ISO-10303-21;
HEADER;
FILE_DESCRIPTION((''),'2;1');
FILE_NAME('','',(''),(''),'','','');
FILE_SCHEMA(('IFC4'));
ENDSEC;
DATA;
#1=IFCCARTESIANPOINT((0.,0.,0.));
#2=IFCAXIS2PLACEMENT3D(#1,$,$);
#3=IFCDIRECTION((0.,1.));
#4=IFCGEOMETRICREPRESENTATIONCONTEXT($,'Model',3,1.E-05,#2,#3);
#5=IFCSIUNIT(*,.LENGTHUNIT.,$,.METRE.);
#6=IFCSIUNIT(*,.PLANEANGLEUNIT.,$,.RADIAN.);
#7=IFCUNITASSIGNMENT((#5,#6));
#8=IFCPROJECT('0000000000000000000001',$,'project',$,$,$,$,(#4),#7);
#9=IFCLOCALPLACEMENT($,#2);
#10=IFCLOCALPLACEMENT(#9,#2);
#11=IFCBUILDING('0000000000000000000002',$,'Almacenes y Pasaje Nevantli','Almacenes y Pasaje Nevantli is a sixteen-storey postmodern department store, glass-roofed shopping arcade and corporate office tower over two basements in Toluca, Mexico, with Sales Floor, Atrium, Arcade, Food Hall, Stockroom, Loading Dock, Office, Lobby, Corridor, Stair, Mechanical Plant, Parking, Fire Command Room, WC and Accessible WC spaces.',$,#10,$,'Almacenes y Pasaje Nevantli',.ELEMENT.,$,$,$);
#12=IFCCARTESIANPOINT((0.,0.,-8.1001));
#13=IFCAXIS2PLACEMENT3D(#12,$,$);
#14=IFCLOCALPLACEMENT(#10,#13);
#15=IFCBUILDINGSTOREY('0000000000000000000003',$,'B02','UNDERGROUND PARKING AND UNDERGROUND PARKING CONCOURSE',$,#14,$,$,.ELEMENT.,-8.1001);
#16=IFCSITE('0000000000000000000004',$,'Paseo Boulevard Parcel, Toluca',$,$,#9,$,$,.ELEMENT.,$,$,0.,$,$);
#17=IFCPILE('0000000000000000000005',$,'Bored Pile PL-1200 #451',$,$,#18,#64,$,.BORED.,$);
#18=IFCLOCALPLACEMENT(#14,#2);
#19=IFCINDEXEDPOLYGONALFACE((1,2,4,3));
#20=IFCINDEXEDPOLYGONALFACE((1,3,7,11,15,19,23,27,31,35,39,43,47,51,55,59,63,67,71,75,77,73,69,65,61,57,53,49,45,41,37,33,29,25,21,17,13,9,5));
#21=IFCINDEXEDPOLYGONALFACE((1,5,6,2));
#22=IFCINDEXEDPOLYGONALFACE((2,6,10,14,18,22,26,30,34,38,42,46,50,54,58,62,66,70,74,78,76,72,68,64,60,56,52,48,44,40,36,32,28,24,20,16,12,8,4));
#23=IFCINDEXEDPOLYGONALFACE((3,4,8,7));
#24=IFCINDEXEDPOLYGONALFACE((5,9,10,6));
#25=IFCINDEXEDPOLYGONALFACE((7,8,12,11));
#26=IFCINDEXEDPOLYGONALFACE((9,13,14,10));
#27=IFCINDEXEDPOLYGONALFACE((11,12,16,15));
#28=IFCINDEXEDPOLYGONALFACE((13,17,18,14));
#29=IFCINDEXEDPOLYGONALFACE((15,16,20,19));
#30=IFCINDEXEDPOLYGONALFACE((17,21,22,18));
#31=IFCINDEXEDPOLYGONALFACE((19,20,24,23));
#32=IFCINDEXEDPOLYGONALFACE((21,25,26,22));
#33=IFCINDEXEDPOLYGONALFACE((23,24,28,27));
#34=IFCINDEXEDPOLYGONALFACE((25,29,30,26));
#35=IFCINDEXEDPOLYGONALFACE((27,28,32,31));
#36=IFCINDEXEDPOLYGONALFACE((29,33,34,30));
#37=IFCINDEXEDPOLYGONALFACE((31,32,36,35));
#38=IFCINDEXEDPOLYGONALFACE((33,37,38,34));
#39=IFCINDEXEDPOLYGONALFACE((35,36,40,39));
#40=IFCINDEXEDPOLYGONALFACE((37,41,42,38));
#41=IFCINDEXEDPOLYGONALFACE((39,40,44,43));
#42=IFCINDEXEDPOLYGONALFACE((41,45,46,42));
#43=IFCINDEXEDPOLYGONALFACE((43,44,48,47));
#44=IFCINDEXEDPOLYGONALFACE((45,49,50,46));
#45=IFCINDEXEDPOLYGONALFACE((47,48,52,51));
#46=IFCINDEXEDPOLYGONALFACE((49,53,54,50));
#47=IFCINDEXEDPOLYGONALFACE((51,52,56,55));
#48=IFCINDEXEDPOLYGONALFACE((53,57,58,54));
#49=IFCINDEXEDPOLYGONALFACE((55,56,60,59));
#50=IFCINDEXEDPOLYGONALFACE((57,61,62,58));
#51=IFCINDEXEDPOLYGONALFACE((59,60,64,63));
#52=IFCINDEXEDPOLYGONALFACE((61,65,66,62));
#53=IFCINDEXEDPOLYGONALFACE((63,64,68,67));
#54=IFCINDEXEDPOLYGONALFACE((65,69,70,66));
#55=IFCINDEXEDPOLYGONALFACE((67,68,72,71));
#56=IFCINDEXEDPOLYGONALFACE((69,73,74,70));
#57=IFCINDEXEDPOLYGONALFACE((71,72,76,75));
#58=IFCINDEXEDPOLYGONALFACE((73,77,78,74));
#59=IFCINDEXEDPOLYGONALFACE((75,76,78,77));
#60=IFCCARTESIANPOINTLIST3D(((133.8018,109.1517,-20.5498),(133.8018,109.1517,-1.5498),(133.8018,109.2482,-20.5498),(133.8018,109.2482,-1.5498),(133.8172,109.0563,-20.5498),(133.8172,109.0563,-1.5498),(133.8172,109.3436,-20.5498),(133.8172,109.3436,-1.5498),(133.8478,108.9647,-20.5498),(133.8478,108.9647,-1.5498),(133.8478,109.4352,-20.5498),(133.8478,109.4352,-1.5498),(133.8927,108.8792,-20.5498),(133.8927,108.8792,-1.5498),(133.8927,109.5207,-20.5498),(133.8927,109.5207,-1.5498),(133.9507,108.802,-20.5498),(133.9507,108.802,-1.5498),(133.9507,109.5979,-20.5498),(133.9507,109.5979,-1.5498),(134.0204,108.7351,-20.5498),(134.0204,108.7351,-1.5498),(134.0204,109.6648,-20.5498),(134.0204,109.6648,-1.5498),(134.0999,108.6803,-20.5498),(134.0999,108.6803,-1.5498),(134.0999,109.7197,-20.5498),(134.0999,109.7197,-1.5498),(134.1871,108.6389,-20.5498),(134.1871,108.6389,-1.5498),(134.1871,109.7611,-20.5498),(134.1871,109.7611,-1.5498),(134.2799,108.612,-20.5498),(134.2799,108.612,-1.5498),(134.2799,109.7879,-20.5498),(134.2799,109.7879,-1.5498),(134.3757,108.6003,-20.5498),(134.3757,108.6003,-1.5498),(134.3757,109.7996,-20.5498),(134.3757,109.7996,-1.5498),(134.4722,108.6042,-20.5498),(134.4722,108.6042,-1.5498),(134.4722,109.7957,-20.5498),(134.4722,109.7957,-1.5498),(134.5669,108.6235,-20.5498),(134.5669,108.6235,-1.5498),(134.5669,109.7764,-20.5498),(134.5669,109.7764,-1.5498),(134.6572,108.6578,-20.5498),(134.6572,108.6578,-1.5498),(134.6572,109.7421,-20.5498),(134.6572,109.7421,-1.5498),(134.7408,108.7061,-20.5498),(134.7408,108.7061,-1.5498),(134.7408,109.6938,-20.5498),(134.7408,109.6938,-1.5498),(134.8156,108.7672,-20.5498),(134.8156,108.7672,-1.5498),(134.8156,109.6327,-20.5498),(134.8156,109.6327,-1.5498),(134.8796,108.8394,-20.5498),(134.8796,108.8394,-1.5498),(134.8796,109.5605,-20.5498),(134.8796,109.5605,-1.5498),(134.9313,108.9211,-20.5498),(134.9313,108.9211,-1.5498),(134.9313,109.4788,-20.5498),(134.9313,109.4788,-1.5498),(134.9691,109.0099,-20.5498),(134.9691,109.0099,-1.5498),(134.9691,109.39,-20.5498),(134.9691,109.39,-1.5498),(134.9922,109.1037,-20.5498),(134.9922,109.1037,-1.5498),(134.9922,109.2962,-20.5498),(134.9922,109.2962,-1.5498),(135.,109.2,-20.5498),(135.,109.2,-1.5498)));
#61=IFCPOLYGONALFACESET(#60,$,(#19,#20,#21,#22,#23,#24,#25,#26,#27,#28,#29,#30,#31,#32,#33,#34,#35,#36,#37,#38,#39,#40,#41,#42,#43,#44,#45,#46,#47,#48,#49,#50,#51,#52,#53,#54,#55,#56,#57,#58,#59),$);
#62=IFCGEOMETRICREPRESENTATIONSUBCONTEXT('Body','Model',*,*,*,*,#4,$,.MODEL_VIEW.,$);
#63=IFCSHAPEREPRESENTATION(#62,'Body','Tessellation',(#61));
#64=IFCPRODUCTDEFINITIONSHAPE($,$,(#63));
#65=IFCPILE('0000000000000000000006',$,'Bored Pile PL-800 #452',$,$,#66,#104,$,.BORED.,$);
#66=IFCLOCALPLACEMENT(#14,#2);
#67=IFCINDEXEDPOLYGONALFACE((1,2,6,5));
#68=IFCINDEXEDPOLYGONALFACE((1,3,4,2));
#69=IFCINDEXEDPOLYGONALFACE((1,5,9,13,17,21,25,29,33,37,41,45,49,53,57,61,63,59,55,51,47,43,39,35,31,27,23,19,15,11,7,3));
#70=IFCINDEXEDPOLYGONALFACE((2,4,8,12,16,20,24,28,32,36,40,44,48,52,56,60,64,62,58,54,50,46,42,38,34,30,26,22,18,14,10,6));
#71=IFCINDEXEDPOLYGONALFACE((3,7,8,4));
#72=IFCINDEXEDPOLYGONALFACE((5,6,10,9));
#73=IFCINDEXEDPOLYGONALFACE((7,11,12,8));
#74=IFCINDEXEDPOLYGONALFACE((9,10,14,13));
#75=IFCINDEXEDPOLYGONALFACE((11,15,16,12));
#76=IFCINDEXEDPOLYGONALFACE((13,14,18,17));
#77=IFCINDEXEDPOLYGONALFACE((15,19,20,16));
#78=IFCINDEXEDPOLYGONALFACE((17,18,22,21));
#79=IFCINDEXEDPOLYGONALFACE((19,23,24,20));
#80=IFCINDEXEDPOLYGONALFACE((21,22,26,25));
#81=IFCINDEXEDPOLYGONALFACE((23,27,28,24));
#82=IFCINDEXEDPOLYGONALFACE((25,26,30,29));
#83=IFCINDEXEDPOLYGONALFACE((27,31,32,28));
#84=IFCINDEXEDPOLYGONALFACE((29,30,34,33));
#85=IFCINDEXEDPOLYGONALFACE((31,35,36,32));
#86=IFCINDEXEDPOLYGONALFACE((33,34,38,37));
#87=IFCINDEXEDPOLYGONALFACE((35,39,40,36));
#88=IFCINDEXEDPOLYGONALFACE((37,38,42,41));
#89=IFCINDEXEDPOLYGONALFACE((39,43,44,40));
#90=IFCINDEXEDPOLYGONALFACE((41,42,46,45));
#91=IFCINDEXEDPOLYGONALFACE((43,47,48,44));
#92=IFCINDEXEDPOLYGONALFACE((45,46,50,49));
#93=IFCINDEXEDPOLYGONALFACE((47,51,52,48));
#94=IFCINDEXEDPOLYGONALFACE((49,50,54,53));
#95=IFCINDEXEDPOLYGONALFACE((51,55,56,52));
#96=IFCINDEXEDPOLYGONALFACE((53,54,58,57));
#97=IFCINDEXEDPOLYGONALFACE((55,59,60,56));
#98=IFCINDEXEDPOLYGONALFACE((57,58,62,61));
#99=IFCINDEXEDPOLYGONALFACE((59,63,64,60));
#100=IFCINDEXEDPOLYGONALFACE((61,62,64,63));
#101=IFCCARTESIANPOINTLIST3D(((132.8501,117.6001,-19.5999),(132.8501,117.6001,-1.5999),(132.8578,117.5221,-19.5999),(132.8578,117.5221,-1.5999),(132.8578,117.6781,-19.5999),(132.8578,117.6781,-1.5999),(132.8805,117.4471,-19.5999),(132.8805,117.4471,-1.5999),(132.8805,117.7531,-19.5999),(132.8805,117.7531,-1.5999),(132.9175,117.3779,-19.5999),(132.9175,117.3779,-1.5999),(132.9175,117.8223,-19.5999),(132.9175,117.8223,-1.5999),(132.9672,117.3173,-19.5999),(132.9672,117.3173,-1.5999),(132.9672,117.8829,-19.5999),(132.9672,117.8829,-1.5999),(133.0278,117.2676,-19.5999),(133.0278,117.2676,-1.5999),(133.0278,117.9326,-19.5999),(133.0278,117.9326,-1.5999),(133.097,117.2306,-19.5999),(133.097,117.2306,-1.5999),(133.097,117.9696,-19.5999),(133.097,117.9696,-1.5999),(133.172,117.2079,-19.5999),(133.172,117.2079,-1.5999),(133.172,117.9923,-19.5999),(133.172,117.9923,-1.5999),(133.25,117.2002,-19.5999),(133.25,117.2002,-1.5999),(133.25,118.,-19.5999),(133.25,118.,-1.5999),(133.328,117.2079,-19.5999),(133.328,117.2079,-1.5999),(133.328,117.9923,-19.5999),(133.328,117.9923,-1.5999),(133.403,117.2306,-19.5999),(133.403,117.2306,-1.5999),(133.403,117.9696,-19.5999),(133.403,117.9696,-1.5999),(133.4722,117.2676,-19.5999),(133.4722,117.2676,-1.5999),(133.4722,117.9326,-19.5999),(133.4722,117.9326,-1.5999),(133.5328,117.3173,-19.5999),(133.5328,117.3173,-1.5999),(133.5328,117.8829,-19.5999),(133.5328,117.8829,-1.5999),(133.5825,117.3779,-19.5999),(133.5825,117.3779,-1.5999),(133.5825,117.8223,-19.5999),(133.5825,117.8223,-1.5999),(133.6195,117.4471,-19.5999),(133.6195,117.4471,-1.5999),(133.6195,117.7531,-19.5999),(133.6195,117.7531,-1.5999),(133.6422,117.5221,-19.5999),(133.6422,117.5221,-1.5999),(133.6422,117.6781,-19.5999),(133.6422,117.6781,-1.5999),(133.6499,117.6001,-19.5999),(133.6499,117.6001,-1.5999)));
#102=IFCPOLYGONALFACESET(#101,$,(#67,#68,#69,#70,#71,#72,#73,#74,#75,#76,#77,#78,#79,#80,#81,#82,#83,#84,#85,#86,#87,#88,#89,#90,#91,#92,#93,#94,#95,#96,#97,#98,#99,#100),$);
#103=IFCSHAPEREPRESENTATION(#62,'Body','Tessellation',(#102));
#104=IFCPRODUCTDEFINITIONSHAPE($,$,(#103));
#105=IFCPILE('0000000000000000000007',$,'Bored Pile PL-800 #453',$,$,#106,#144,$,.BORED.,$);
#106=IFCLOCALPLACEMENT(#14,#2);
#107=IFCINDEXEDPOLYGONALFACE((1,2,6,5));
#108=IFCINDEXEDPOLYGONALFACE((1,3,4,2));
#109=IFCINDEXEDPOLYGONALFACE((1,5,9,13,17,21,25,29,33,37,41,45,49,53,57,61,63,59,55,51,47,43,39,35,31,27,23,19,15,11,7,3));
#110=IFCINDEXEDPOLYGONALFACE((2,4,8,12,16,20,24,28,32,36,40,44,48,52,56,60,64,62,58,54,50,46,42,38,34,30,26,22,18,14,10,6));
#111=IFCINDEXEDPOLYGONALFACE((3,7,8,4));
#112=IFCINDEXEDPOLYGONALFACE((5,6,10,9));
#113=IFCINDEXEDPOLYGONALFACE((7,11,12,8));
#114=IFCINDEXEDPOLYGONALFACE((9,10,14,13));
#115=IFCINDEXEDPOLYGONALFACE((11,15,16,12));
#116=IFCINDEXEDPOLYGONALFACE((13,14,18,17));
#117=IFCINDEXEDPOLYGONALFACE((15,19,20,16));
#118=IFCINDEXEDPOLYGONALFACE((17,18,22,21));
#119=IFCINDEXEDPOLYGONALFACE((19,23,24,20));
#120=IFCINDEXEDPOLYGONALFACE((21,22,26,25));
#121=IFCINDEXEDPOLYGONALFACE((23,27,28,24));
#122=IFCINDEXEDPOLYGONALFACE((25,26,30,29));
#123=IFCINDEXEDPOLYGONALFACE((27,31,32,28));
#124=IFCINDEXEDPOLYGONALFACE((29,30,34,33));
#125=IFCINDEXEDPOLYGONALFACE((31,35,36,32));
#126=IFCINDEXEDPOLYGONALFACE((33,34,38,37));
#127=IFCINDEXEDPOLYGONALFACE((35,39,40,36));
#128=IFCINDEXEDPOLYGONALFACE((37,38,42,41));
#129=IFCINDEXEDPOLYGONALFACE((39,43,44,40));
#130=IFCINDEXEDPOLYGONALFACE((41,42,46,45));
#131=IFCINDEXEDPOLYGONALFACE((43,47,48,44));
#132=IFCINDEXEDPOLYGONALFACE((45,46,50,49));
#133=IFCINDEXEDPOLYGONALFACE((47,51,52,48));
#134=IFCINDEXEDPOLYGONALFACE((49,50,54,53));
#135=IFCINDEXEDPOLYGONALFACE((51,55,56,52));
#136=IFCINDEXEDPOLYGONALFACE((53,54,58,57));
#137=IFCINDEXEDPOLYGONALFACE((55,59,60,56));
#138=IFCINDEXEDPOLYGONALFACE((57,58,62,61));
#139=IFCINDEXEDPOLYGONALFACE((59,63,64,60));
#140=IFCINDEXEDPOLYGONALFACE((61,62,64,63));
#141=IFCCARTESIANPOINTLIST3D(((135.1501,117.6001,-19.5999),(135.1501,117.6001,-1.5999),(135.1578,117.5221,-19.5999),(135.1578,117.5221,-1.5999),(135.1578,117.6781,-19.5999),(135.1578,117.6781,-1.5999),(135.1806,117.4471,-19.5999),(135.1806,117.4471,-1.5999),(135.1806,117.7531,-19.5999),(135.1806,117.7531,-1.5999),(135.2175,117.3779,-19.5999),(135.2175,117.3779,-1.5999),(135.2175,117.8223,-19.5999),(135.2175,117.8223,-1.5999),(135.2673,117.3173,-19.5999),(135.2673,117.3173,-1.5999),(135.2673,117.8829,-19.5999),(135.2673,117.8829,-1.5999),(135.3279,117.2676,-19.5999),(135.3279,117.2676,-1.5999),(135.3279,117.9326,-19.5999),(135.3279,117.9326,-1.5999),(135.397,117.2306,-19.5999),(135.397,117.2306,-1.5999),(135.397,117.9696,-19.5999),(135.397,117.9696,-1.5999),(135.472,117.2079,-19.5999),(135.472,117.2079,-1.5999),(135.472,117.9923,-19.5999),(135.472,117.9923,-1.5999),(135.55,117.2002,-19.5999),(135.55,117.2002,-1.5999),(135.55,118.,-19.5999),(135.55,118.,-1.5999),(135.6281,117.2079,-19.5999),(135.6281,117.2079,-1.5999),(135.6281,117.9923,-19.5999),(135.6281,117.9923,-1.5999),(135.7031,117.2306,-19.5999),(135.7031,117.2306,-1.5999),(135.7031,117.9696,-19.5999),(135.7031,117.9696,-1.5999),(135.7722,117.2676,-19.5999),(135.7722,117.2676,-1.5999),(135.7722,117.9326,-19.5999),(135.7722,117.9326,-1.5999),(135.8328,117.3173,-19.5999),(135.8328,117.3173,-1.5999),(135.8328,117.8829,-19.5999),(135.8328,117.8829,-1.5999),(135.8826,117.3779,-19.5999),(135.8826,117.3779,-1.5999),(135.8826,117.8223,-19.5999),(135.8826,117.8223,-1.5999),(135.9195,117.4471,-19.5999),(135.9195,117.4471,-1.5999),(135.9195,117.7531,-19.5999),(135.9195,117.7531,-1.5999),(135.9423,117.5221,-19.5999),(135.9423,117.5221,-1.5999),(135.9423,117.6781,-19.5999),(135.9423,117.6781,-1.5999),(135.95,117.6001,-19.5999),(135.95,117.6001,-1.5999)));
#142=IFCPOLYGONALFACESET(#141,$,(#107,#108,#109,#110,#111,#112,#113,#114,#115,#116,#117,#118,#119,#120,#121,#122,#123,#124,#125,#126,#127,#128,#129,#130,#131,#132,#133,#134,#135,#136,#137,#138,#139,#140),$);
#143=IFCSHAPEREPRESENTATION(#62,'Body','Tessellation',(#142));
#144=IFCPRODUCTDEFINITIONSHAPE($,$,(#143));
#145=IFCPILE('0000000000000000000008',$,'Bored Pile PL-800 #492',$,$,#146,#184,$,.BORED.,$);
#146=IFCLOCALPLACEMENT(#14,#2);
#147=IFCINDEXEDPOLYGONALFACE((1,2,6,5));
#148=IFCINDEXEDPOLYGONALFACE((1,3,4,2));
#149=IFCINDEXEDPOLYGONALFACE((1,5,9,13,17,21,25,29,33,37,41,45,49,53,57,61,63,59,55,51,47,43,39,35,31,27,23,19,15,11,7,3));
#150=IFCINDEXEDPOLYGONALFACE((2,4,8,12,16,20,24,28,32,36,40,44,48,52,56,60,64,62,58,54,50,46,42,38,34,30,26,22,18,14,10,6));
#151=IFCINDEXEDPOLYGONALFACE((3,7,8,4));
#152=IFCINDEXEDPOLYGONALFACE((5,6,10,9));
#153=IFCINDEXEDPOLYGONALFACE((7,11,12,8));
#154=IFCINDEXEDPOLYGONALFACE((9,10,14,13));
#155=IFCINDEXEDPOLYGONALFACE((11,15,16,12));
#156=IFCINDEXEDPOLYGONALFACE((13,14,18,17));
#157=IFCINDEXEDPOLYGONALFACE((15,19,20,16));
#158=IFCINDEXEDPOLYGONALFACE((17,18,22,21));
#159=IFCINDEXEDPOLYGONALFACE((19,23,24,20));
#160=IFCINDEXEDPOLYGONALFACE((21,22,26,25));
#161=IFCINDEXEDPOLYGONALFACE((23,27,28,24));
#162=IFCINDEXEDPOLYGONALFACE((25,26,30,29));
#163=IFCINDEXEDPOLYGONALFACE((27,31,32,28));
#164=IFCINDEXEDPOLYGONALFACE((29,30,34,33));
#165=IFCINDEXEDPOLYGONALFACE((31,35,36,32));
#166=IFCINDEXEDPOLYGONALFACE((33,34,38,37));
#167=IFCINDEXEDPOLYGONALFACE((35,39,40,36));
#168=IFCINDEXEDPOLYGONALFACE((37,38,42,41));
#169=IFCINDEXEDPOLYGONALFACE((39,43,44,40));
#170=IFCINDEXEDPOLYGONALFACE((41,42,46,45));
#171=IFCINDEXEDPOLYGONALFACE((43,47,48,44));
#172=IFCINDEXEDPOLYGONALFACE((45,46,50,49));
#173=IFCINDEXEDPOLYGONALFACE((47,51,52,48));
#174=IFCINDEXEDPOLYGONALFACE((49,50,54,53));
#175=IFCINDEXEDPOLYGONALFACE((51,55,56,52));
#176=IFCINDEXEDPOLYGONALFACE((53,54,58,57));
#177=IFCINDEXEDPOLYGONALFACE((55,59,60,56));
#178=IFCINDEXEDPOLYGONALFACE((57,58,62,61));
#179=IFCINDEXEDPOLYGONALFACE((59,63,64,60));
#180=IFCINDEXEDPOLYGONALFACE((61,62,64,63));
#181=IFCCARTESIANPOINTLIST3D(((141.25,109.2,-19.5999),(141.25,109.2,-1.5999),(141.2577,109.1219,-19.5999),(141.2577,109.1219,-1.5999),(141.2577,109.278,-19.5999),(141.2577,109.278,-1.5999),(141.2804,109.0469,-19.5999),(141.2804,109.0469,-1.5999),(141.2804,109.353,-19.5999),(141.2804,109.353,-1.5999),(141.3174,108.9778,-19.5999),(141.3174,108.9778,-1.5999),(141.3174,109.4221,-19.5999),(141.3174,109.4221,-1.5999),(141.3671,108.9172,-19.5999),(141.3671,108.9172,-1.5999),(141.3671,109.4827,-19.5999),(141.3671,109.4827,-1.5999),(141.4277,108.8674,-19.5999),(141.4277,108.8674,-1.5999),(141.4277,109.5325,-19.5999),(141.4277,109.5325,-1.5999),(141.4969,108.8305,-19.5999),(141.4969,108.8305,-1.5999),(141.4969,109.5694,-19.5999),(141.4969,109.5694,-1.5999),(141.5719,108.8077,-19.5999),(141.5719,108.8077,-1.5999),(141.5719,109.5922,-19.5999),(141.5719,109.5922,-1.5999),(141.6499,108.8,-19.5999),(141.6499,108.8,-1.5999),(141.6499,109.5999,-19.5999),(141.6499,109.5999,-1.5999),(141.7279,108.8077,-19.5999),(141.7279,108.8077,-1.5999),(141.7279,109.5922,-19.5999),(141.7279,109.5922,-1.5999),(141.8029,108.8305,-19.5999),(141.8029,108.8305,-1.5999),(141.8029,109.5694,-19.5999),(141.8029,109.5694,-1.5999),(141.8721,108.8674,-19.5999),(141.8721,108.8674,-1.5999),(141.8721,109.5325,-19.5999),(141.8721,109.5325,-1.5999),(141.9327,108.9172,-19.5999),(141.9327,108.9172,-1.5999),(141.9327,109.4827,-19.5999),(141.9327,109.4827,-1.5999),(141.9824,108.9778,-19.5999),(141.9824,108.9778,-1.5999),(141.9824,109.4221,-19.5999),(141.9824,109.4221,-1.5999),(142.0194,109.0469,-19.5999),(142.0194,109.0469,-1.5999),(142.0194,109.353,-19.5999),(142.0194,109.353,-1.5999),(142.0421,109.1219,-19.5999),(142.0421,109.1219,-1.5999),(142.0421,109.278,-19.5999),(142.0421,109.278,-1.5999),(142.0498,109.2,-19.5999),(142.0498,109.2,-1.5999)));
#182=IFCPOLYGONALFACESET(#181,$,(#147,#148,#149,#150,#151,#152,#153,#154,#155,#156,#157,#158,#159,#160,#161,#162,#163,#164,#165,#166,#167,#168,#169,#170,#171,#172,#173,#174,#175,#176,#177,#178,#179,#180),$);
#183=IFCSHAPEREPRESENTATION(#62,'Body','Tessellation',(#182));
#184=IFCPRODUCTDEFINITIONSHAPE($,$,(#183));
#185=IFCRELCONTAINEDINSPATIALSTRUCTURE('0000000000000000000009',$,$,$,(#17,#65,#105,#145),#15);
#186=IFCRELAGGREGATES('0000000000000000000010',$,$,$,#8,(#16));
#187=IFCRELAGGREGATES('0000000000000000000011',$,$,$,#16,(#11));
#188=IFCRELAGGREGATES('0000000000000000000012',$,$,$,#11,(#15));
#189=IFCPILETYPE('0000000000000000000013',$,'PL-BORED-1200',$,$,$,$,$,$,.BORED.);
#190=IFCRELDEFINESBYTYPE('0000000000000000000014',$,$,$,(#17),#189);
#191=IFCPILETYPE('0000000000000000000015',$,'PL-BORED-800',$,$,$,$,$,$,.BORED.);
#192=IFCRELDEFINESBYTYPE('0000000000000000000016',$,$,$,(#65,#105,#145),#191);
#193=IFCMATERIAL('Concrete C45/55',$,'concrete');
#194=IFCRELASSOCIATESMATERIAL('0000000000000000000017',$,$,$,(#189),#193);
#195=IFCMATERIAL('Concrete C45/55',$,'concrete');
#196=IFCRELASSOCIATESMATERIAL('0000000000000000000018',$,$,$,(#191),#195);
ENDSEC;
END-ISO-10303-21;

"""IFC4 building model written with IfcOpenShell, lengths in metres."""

from ifc_helpers import new_model, si_unit, direction, frame, origin, origin_2d, place, context, subcontext, project, spatial, circle, extrude, material, material_profile, profile_set, type_object, element, save


model = new_model("IFC4")

# Units and contexts
model_context = context("Model", 3, precision=1e-05, world=origin(), true_north=direction((0.0, 1.0)))
body_context = subcontext(model_context, "Body", "Model", "MODEL_VIEW")
ifc_project = project(units=[si_unit("LENGTHUNIT", "METRE"), si_unit("PLANEANGLEUNIT", "RADIAN")], contexts=[model_context])

# Site, building, storey
site_placement = place(None, origin())
site = spatial("IfcSite", under=ifc_project, at=site_placement, Name="Paseo Boulevard Parcel, Toluca", CompositionType="ELEMENT", RefElevation=0.0)
building_placement = place(site_placement, origin())
building = spatial("IfcBuilding", under=site, at=building_placement, Name="Almacenes y Pasaje Nevantli", Description="Almacenes y Pasaje Nevantli is a sixteen-storey postmodern department store, glass-roofed shopping arcade and corporate office tower over two basements in Toluca, Mexico, with Sales Floor, Atrium, Arcade, Food Hall, Stockroom, Loading Dock, Office, Lobby, Corridor, Stair, Mechanical Plant, Parking, Fire Command Room, WC and Accessible WC spaces.", LongName="Almacenes y Pasaje Nevantli", CompositionType="ELEMENT")
storey_placement = place(building_placement, frame((0.0, 0.0, -8.1001)))
storey = spatial("IfcBuildingStorey", under=building, at=storey_placement, Name="B02", Description="UNDERGROUND PARKING AND UNDERGROUND PARKING CONCOURSE", CompositionType="ELEMENT", Elevation=-8.1001)

# Piles
ifc_material_1 = material(Name="Concrete C45/55", Category="concrete")
ifc_material_profile_1 = material_profile(ifc_material_1, circle(Radius=0.6001, at=origin_2d()), Name="RC-PILE-D1200")
ifc_profile_set_1 = profile_set([ifc_material_profile_1], Name="Concrete C45/55")
pile_type_1 = type_object("IfcPileType", Name="PL-BORED-1200", PredefinedType="BORED", material=ifc_profile_set_1)
pile_1_placement = place(storey_placement, frame((134.3999, 109.2, -1.5498), z_axis=(0.0, 0.0, -1.0), x_axis=(1.0, 0.0, 0.0)))
element("IfcPile", 1, at=pile_1_placement, inside=storey, type_object=pile_type_1, Name="Bored Pile PL-1200 #451", PredefinedType="BORED", context=body_context, shape_type="SweptSolid", body=[
    extrude(circle(Radius=0.6001, at=origin_2d()), origin(), (0.0, 0.0, 1.0), 19.0),
])
ifc_material_2 = material(Name="Concrete C45/55", Category="concrete")
ifc_material_profile_2 = material_profile(ifc_material_2, circle(Radius=0.3999, at=origin_2d()), Name="RC-PILE-D800")
ifc_profile_set_2 = profile_set([ifc_material_profile_2], Name="Concrete C45/55")
pile_type_2 = type_object("IfcPileType", Name="PL-BORED-800", PredefinedType="BORED", material=ifc_profile_set_2)
for number, where, z_axis, x_axis, name in (
    (2, (133.25, 117.6001, -1.5999), (0.0, 0.0, -1.0), (1.0, 0.0, 0.0), "Bored Pile PL-800 #452"),
    (3, (135.55, 117.6001, -1.5999), (0.0, 0.0, -1.0), (1.0, 0.0, 0.0), "Bored Pile PL-800 #453"),
    (4, (141.6499, 109.2, -1.5999), (0.0, 0.0, -1.0), (1.0, 0.0, 0.0), "Bored Pile PL-800 #492"),
):
    element("IfcPile", number, at=place(storey_placement, frame(where, z_axis=z_axis, x_axis=x_axis)), inside=storey, type_object=pile_type_2, Name=name, PredefinedType="BORED", context=body_context, shape_type="SweptSolid", body=[
        extrude(circle(Radius=0.3999, at=origin_2d()), origin(), (0.0, 0.0, 1.0), 18.0),
    ])

save(model, "model.ifc")
